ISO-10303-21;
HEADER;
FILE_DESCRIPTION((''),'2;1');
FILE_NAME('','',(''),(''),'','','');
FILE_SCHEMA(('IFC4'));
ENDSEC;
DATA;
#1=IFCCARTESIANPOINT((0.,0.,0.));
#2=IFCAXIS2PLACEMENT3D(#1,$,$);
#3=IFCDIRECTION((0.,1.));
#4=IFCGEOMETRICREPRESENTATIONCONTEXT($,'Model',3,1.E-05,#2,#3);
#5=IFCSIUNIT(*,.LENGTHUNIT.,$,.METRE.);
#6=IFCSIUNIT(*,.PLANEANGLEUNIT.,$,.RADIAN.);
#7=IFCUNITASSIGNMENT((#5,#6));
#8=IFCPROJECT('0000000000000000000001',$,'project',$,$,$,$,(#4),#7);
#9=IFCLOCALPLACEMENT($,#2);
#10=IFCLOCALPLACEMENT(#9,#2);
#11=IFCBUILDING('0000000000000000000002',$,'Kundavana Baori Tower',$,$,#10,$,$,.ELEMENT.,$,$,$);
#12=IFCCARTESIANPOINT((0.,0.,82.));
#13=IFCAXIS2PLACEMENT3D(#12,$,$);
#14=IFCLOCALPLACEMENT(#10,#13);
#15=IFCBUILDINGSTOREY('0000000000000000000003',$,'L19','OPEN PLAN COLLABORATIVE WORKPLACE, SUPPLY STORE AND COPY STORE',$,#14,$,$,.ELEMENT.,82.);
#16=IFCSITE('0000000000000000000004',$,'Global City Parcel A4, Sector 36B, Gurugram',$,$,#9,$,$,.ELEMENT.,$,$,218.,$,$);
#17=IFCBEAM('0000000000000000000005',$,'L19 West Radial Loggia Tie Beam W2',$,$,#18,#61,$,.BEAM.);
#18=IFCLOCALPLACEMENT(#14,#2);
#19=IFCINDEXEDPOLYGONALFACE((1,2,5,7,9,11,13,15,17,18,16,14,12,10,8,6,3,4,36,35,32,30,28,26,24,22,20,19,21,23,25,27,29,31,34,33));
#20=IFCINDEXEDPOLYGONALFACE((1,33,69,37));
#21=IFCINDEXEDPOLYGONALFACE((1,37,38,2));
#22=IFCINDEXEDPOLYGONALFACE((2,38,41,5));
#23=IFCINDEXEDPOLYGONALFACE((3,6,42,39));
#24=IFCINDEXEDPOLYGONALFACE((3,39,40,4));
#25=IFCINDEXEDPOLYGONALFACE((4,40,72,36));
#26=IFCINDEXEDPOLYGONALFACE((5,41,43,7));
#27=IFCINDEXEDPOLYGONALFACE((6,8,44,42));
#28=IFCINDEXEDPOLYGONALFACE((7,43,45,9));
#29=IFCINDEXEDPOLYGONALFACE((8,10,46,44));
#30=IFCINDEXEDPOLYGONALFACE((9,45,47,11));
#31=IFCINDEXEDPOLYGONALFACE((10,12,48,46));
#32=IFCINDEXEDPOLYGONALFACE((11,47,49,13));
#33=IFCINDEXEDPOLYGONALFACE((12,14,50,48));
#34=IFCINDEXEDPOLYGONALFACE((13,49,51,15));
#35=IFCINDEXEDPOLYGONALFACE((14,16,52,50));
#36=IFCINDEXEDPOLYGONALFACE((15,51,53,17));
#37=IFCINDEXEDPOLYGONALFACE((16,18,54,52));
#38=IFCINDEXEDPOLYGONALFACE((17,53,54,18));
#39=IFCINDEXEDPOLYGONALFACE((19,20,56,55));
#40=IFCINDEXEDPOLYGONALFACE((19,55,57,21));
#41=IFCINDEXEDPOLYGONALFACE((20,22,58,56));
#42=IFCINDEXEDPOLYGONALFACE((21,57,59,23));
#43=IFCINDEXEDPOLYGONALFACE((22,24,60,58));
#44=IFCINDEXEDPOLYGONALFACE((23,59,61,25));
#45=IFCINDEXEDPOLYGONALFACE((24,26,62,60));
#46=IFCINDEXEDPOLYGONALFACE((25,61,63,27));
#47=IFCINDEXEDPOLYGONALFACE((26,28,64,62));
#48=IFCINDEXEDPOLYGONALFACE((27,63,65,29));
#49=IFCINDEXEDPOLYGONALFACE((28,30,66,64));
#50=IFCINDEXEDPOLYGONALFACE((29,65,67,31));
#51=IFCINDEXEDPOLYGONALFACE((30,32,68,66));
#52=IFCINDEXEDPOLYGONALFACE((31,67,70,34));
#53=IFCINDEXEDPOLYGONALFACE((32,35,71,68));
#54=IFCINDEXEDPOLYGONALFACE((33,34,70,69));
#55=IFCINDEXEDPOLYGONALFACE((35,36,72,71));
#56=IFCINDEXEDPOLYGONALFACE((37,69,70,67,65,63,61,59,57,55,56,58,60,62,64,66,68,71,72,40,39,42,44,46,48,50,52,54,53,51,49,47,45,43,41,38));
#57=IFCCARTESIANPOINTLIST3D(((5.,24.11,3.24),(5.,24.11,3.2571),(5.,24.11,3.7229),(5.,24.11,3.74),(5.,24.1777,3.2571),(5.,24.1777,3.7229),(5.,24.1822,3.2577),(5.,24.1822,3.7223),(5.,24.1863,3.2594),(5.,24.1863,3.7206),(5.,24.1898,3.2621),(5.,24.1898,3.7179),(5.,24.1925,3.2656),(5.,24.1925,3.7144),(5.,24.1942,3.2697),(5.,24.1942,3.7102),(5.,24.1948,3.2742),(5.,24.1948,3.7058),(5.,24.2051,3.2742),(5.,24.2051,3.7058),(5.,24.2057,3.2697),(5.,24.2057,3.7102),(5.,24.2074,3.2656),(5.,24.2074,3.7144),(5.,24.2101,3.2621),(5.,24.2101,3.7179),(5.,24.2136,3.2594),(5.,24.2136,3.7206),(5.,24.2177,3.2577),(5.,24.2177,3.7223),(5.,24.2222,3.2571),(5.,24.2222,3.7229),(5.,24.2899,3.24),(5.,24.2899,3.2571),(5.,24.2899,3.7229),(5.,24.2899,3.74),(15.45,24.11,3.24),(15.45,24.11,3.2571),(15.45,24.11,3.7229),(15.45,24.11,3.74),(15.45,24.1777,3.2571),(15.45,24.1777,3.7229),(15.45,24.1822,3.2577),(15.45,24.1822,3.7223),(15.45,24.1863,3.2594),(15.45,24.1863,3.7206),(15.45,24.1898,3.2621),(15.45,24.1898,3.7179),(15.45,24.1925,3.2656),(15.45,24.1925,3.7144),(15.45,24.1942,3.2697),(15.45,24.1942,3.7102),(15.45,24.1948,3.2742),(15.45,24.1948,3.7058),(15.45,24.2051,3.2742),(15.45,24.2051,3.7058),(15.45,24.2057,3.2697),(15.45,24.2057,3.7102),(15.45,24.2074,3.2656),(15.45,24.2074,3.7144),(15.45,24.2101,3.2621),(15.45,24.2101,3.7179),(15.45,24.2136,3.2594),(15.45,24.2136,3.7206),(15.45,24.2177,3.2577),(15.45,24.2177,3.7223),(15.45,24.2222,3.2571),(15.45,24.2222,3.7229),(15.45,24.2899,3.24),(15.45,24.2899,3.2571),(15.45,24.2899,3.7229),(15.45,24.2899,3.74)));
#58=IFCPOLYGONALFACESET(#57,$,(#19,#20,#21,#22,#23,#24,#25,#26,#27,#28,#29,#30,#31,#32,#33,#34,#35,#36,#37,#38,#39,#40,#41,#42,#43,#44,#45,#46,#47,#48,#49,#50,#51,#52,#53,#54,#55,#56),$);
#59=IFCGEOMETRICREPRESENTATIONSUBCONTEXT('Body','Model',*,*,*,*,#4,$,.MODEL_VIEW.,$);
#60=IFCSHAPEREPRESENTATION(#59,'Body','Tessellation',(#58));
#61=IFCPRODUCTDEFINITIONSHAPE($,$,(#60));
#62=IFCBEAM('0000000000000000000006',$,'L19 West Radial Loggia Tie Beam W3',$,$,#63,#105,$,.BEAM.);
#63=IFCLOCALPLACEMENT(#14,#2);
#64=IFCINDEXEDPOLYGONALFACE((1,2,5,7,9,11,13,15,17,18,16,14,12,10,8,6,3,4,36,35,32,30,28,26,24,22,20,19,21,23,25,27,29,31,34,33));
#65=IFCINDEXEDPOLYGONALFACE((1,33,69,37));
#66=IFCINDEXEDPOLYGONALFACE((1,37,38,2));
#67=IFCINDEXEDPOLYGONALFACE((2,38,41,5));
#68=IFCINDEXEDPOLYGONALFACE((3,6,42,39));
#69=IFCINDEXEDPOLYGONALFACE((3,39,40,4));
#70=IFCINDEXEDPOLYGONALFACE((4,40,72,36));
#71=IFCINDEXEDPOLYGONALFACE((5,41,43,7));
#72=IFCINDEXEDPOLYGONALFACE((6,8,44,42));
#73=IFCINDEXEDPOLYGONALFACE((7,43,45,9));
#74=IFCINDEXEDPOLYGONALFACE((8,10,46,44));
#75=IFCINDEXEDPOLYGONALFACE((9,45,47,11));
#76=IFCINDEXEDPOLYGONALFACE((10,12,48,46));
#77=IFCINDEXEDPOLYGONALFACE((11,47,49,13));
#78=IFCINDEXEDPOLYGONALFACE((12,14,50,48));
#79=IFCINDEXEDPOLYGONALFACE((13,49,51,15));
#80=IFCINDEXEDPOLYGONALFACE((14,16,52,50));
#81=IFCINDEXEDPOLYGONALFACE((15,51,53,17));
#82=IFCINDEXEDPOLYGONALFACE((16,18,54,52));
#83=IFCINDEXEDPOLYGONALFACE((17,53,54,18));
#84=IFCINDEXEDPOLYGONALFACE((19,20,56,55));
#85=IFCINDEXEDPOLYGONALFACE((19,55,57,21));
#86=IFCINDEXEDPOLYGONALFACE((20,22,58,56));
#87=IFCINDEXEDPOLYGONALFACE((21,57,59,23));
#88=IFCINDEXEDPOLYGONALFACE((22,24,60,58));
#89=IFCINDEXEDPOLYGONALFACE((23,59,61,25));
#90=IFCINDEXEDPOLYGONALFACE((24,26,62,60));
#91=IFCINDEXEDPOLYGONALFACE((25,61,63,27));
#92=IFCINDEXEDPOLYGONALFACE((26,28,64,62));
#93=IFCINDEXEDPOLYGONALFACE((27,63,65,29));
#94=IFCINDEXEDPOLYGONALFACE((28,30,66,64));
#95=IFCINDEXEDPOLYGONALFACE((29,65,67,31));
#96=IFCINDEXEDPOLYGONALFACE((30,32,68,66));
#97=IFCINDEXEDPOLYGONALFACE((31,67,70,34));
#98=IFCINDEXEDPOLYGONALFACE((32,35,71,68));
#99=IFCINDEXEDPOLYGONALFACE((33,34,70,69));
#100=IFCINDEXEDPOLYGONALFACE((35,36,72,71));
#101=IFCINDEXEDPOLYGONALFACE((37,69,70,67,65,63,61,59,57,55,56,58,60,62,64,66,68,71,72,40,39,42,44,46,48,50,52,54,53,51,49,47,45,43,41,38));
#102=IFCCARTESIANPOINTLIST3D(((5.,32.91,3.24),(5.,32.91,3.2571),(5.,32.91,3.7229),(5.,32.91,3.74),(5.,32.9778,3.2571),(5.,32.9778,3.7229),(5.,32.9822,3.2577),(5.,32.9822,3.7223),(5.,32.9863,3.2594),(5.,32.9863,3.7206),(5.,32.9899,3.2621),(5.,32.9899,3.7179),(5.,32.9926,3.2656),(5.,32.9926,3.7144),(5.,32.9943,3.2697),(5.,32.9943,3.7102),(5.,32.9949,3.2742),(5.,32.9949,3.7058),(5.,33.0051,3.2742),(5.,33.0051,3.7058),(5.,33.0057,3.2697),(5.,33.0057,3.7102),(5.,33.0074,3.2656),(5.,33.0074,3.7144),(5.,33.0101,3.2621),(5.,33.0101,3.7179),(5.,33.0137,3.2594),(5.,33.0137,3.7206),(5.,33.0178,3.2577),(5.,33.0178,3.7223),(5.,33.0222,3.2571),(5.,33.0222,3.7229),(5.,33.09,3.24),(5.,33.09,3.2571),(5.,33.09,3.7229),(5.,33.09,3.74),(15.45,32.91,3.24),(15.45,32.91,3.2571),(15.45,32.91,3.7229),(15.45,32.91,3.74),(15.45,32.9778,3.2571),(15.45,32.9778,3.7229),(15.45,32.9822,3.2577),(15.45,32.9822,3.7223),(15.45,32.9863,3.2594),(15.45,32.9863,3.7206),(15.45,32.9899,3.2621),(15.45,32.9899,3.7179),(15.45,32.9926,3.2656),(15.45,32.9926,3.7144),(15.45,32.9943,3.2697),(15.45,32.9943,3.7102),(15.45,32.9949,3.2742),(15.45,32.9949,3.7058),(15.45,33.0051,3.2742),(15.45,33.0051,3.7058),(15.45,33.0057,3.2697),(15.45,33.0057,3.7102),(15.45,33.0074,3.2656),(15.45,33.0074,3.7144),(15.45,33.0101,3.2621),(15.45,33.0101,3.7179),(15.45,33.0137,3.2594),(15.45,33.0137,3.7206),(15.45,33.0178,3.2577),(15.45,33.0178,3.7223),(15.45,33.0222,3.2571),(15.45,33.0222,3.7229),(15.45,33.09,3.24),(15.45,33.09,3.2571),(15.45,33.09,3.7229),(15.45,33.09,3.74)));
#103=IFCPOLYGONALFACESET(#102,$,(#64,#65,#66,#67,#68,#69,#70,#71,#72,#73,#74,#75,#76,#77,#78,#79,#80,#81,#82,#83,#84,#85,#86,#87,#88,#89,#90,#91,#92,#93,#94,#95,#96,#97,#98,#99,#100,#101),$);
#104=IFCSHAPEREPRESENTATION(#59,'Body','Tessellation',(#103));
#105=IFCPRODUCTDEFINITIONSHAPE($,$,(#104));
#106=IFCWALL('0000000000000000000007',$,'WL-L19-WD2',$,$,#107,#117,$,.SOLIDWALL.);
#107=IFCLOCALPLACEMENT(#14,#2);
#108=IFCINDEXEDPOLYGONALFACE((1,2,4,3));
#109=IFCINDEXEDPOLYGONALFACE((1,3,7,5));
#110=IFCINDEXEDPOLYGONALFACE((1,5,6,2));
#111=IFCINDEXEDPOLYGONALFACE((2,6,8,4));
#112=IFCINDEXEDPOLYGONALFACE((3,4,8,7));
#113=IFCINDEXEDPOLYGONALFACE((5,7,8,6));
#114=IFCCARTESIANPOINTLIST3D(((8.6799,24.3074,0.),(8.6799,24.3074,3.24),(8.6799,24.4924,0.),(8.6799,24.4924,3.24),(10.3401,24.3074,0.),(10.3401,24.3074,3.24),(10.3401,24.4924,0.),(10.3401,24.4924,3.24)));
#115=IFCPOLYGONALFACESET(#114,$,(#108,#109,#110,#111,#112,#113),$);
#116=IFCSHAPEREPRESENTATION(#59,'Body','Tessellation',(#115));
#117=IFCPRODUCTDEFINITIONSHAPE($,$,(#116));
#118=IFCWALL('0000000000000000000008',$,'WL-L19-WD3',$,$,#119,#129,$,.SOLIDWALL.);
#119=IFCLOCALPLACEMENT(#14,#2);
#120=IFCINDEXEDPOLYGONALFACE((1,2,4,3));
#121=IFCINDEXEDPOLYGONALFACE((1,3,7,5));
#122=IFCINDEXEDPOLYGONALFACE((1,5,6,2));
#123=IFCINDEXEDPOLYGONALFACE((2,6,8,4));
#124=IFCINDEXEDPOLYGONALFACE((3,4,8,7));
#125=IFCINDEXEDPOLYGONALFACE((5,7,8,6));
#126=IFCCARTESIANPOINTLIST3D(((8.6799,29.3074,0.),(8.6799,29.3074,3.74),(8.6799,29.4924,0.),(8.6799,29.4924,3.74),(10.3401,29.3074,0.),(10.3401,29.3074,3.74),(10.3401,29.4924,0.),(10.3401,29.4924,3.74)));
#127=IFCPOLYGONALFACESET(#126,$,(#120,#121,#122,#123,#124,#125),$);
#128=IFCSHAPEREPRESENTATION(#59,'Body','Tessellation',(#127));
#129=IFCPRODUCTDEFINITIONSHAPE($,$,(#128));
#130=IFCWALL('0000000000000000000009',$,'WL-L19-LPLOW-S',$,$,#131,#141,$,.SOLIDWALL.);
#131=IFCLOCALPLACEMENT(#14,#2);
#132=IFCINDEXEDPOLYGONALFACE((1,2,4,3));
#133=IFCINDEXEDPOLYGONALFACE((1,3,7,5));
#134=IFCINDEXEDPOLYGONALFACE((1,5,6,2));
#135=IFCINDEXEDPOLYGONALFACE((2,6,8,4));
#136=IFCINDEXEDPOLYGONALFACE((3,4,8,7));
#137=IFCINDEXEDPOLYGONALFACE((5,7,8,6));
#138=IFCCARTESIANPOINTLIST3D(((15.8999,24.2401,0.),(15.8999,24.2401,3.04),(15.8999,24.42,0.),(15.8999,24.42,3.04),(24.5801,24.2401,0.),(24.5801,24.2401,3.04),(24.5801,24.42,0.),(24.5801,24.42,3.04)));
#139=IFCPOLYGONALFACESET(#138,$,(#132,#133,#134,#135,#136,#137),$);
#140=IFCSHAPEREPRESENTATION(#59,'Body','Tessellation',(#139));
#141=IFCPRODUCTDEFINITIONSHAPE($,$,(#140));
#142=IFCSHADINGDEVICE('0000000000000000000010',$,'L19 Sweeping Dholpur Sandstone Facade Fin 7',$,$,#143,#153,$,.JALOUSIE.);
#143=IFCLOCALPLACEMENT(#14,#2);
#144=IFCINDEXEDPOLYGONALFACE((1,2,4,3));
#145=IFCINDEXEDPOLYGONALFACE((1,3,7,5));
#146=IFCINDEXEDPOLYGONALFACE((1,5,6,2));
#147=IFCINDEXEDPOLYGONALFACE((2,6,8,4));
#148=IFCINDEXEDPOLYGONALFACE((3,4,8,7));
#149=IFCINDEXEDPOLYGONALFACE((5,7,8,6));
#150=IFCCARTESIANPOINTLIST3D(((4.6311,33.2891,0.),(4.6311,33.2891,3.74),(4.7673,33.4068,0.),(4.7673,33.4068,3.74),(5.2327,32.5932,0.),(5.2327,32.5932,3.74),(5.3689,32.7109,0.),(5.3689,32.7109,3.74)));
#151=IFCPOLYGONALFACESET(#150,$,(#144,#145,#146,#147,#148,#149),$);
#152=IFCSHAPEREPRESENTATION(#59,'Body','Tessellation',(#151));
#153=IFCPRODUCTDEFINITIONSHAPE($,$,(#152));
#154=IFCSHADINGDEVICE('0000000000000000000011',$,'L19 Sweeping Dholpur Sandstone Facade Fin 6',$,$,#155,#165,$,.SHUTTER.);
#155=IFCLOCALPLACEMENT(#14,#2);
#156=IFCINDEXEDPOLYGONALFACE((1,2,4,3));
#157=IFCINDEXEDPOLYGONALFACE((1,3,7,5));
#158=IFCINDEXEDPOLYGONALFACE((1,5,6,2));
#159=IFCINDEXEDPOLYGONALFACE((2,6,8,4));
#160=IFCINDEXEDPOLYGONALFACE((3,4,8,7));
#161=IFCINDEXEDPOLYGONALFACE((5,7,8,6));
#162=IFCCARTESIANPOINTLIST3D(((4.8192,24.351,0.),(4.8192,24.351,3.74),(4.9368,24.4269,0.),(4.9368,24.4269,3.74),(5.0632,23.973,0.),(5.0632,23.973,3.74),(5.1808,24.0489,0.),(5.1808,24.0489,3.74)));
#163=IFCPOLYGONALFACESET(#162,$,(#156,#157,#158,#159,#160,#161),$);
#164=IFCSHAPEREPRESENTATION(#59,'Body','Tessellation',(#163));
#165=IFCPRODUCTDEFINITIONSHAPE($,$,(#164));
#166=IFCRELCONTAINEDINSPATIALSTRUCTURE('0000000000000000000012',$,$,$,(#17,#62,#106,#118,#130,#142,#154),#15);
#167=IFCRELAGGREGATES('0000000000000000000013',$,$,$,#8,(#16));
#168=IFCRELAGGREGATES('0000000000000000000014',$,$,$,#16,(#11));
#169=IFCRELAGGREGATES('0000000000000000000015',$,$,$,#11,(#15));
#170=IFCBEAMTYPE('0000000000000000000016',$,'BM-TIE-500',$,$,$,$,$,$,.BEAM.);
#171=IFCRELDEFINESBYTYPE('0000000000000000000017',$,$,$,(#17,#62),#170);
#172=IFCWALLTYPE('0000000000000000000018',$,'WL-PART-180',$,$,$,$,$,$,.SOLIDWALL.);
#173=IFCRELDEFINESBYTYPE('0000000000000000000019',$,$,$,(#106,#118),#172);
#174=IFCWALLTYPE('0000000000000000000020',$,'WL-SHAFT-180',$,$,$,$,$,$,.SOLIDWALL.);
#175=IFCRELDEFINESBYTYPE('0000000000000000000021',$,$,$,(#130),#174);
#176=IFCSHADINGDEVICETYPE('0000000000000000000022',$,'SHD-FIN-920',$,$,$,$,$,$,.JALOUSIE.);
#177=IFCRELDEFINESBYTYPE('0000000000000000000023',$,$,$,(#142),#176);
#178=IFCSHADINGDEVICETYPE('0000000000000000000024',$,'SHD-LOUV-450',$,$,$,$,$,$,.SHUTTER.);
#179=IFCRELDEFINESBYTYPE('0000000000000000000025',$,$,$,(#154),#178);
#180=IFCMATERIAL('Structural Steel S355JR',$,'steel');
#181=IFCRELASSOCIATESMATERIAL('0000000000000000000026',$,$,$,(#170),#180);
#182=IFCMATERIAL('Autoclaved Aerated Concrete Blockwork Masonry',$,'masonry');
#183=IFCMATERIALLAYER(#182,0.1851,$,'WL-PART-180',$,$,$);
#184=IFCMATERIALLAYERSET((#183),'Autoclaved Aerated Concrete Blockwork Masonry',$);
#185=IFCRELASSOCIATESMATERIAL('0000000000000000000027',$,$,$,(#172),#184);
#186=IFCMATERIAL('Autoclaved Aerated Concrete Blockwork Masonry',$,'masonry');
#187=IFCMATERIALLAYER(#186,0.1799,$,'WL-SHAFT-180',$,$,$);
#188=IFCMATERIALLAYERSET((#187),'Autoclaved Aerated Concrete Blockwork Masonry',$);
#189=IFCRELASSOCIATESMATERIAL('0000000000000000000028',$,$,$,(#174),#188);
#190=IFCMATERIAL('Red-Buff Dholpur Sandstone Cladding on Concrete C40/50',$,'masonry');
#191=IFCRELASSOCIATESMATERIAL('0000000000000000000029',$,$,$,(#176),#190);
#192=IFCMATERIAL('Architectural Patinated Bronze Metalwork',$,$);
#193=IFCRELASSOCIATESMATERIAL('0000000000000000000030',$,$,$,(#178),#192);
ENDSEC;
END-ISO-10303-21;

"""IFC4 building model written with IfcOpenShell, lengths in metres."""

from ifc_helpers import new_model, si_unit, direction, frame, frame_2d, origin, origin_2d, place, context, subcontext, project, spatial, rectangle, i_section, extrude, material, layer, layer_set, material_profile, profile_set, type_object, element, save


model = new_model("IFC4")

# Units and contexts
model_context = context("Model", 3, precision=1e-05, world=origin(), true_north=direction((0.0, 1.0)))
body_context = subcontext(model_context, "Body", "Model", "MODEL_VIEW")
ifc_project = project(units=[si_unit("LENGTHUNIT", "METRE"), si_unit("PLANEANGLEUNIT", "RADIAN")], contexts=[model_context])

# Site, building, storey
site_placement = place(None, origin())
site = spatial("IfcSite", under=ifc_project, at=site_placement, Name="Global City Parcel A4, Sector 36B, Gurugram", CompositionType="ELEMENT", RefElevation=218.0)
building_placement = place(site_placement, origin())
building = spatial("IfcBuilding", under=site, at=building_placement, Name="Kundavana Baori Tower", CompositionType="ELEMENT")
storey_placement = place(building_placement, frame((0.0, 0.0, 82.0)))
storey = spatial("IfcBuildingStorey", under=building, at=storey_placement, Name="L19", Description="OPEN PLAN COLLABORATIVE WORKPLACE, SUPPLY STORE AND COPY STORE", CompositionType="ELEMENT", Elevation=82.0)

# Beams
ifc_material_1 = material(Name="Structural Steel S355JR", Category="steel")
ifc_material_profile_1 = material_profile(ifc_material_1, i_section(OverallWidth=0.1799, OverallDepth=0.5, WebThickness=0.0103, FlangeThickness=0.0171, FilletRadius=0.0171, at=origin_2d()), Name="ISMB 500")
ifc_profile_set_1 = profile_set([ifc_material_profile_1], Name="Structural Steel S355JR")
beam_type_1 = type_object("IfcBeamType", Name="BM-TIE-500", PredefinedType="BEAM", material=ifc_profile_set_1)
for number, where, z_axis, x_axis, name in (
    (1, (15.45, 24.2, 3.49), (-1.0, 0.0, 0.0), (0.0, -1.0, 0.0), "L19 West Radial Loggia Tie Beam W2"),
    (2, (15.45, 33.0, 3.49), (-1.0, 0.0, 0.0), (0.0, -1.0, 0.0), "L19 West Radial Loggia Tie Beam W3"),
):
    element("IfcBeam", number, at=place(storey_placement, frame(where, z_axis=z_axis, x_axis=x_axis)), inside=storey, type_object=beam_type_1, Name=name, PredefinedType="BEAM", context=body_context, shape_type="SweptSolid", body=[
        extrude(i_section(OverallWidth=0.1799, OverallDepth=0.5, WebThickness=0.0103, FlangeThickness=0.0171, FilletRadius=0.0171, at=origin_2d()), origin(), (0.0, 0.0, 1.0), 10.45),
    ])

# Walls
ifc_material_2 = material(Name="Autoclaved Aerated Concrete Blockwork Masonry", Category="masonry")
ifc_layer_1 = layer(ifc_material_2, 0.1851, Name="WL-PART-180")
ifc_layer_set_1 = layer_set([ifc_layer_1], Name="Autoclaved Aerated Concrete Blockwork Masonry")
wall_type_1 = type_object("IfcWallType", Name="WL-PART-180", PredefinedType="SOLIDWALL", material=ifc_layer_set_1)
wall_1_placement = place(storey_placement, frame((8.6799, 24.3999, 0.0), z_axis=(0.0, 0.0, 1.0), x_axis=(1.0, 0.0, 0.0)))
element("IfcWall", 3, at=wall_1_placement, inside=storey, type_object=wall_type_1, Name="WL-L19-WD2", PredefinedType="SOLIDWALL", context=body_context, shape_type="SweptSolid", body=[
    extrude(rectangle(XDim=1.6602, YDim=0.1851, at=frame_2d((0.8301, 0.0))), origin(), (0.0, 0.0, 1.0), 3.24),
])
wall_2_placement = place(storey_placement, frame((8.6799, 29.3999, 0.0), z_axis=(0.0, 0.0, 1.0), x_axis=(1.0, 0.0, 0.0)))
element("IfcWall", 4, at=wall_2_placement, inside=storey, type_object=wall_type_1, Name="WL-L19-WD3", PredefinedType="SOLIDWALL", context=body_context, shape_type="SweptSolid", body=[
    extrude(rectangle(XDim=1.6602, YDim=0.1851, at=frame_2d((0.8301, 0.0))), origin(), (0.0, 0.0, 1.0), 3.74),
])
ifc_material_3 = material(Name="Autoclaved Aerated Concrete Blockwork Masonry", Category="masonry")
ifc_layer_2 = layer(ifc_material_3, 0.1799, Name="WL-SHAFT-180")
ifc_layer_set_2 = layer_set([ifc_layer_2], Name="Autoclaved Aerated Concrete Blockwork Masonry")
wall_type_2 = type_object("IfcWallType", Name="WL-SHAFT-180", PredefinedType="SOLIDWALL", material=ifc_layer_set_2)
wall_3_placement = place(storey_placement, frame((15.8999, 24.3301, 0.0), z_axis=(0.0, 0.0, 1.0), x_axis=(1.0, 0.0, 0.0)))
element("IfcWall", 5, at=wall_3_placement, inside=storey, type_object=wall_type_2, Name="WL-L19-LPLOW-S", PredefinedType="SOLIDWALL", context=body_context, shape_type="SweptSolid", body=[
    extrude(rectangle(XDim=8.6802, YDim=0.1799, at=frame_2d((4.3401, 0.0))), origin(), (0.0, 0.0, 1.0), 3.04),
])

# Shading devices
ifc_material_4 = material(Name="Red-Buff Dholpur Sandstone Cladding on Concrete C40/50", Category="masonry")
shading_device_type_1 = type_object("IfcShadingDeviceType", Name="SHD-FIN-920", PredefinedType="JALOUSIE", material=ifc_material_4)
shading_device_1_placement = place(storey_placement, frame((5.0, 33.0, 0.0), z_axis=(0.0, 0.0, 1.0), x_axis=(0.756539, 0.653949, 0.0)))
element("IfcShadingDevice", 6, at=shading_device_1_placement, inside=storey, type_object=shading_device_type_1, Name="L19 Sweeping Dholpur Sandstone Facade Fin 7", PredefinedType="JALOUSIE", context=body_context, shape_type="SweptSolid", body=[
    extrude(rectangle(XDim=0.1799, YDim=0.9199, at=origin_2d()), origin(), (0.0, 0.0, 1.0), 3.74),
])
ifc_material_5 = material(Name="Architectural Patinated Bronze Metalwork")
shading_device_type_2 = type_object("IfcShadingDeviceType", Name="SHD-LOUV-450", PredefinedType="SHUTTER", material=ifc_material_5)
shading_device_2_placement = place(storey_placement, frame((5.0, 24.2, 0.0), z_axis=(0.0, 0.0, 1.0), x_axis=(0.840188, 0.542295, 0.0)))
element("IfcShadingDevice", 7, at=shading_device_2_placement, inside=storey, type_object=shading_device_type_2, Name="L19 Sweeping Dholpur Sandstone Facade Fin 6", PredefinedType="SHUTTER", context=body_context, shape_type="SweptSolid", body=[
    extrude(rectangle(XDim=0.1399, YDim=0.45, at=origin_2d()), origin(), (0.0, 0.0, 1.0), 3.74),
])

save(model, "model.ifc")
